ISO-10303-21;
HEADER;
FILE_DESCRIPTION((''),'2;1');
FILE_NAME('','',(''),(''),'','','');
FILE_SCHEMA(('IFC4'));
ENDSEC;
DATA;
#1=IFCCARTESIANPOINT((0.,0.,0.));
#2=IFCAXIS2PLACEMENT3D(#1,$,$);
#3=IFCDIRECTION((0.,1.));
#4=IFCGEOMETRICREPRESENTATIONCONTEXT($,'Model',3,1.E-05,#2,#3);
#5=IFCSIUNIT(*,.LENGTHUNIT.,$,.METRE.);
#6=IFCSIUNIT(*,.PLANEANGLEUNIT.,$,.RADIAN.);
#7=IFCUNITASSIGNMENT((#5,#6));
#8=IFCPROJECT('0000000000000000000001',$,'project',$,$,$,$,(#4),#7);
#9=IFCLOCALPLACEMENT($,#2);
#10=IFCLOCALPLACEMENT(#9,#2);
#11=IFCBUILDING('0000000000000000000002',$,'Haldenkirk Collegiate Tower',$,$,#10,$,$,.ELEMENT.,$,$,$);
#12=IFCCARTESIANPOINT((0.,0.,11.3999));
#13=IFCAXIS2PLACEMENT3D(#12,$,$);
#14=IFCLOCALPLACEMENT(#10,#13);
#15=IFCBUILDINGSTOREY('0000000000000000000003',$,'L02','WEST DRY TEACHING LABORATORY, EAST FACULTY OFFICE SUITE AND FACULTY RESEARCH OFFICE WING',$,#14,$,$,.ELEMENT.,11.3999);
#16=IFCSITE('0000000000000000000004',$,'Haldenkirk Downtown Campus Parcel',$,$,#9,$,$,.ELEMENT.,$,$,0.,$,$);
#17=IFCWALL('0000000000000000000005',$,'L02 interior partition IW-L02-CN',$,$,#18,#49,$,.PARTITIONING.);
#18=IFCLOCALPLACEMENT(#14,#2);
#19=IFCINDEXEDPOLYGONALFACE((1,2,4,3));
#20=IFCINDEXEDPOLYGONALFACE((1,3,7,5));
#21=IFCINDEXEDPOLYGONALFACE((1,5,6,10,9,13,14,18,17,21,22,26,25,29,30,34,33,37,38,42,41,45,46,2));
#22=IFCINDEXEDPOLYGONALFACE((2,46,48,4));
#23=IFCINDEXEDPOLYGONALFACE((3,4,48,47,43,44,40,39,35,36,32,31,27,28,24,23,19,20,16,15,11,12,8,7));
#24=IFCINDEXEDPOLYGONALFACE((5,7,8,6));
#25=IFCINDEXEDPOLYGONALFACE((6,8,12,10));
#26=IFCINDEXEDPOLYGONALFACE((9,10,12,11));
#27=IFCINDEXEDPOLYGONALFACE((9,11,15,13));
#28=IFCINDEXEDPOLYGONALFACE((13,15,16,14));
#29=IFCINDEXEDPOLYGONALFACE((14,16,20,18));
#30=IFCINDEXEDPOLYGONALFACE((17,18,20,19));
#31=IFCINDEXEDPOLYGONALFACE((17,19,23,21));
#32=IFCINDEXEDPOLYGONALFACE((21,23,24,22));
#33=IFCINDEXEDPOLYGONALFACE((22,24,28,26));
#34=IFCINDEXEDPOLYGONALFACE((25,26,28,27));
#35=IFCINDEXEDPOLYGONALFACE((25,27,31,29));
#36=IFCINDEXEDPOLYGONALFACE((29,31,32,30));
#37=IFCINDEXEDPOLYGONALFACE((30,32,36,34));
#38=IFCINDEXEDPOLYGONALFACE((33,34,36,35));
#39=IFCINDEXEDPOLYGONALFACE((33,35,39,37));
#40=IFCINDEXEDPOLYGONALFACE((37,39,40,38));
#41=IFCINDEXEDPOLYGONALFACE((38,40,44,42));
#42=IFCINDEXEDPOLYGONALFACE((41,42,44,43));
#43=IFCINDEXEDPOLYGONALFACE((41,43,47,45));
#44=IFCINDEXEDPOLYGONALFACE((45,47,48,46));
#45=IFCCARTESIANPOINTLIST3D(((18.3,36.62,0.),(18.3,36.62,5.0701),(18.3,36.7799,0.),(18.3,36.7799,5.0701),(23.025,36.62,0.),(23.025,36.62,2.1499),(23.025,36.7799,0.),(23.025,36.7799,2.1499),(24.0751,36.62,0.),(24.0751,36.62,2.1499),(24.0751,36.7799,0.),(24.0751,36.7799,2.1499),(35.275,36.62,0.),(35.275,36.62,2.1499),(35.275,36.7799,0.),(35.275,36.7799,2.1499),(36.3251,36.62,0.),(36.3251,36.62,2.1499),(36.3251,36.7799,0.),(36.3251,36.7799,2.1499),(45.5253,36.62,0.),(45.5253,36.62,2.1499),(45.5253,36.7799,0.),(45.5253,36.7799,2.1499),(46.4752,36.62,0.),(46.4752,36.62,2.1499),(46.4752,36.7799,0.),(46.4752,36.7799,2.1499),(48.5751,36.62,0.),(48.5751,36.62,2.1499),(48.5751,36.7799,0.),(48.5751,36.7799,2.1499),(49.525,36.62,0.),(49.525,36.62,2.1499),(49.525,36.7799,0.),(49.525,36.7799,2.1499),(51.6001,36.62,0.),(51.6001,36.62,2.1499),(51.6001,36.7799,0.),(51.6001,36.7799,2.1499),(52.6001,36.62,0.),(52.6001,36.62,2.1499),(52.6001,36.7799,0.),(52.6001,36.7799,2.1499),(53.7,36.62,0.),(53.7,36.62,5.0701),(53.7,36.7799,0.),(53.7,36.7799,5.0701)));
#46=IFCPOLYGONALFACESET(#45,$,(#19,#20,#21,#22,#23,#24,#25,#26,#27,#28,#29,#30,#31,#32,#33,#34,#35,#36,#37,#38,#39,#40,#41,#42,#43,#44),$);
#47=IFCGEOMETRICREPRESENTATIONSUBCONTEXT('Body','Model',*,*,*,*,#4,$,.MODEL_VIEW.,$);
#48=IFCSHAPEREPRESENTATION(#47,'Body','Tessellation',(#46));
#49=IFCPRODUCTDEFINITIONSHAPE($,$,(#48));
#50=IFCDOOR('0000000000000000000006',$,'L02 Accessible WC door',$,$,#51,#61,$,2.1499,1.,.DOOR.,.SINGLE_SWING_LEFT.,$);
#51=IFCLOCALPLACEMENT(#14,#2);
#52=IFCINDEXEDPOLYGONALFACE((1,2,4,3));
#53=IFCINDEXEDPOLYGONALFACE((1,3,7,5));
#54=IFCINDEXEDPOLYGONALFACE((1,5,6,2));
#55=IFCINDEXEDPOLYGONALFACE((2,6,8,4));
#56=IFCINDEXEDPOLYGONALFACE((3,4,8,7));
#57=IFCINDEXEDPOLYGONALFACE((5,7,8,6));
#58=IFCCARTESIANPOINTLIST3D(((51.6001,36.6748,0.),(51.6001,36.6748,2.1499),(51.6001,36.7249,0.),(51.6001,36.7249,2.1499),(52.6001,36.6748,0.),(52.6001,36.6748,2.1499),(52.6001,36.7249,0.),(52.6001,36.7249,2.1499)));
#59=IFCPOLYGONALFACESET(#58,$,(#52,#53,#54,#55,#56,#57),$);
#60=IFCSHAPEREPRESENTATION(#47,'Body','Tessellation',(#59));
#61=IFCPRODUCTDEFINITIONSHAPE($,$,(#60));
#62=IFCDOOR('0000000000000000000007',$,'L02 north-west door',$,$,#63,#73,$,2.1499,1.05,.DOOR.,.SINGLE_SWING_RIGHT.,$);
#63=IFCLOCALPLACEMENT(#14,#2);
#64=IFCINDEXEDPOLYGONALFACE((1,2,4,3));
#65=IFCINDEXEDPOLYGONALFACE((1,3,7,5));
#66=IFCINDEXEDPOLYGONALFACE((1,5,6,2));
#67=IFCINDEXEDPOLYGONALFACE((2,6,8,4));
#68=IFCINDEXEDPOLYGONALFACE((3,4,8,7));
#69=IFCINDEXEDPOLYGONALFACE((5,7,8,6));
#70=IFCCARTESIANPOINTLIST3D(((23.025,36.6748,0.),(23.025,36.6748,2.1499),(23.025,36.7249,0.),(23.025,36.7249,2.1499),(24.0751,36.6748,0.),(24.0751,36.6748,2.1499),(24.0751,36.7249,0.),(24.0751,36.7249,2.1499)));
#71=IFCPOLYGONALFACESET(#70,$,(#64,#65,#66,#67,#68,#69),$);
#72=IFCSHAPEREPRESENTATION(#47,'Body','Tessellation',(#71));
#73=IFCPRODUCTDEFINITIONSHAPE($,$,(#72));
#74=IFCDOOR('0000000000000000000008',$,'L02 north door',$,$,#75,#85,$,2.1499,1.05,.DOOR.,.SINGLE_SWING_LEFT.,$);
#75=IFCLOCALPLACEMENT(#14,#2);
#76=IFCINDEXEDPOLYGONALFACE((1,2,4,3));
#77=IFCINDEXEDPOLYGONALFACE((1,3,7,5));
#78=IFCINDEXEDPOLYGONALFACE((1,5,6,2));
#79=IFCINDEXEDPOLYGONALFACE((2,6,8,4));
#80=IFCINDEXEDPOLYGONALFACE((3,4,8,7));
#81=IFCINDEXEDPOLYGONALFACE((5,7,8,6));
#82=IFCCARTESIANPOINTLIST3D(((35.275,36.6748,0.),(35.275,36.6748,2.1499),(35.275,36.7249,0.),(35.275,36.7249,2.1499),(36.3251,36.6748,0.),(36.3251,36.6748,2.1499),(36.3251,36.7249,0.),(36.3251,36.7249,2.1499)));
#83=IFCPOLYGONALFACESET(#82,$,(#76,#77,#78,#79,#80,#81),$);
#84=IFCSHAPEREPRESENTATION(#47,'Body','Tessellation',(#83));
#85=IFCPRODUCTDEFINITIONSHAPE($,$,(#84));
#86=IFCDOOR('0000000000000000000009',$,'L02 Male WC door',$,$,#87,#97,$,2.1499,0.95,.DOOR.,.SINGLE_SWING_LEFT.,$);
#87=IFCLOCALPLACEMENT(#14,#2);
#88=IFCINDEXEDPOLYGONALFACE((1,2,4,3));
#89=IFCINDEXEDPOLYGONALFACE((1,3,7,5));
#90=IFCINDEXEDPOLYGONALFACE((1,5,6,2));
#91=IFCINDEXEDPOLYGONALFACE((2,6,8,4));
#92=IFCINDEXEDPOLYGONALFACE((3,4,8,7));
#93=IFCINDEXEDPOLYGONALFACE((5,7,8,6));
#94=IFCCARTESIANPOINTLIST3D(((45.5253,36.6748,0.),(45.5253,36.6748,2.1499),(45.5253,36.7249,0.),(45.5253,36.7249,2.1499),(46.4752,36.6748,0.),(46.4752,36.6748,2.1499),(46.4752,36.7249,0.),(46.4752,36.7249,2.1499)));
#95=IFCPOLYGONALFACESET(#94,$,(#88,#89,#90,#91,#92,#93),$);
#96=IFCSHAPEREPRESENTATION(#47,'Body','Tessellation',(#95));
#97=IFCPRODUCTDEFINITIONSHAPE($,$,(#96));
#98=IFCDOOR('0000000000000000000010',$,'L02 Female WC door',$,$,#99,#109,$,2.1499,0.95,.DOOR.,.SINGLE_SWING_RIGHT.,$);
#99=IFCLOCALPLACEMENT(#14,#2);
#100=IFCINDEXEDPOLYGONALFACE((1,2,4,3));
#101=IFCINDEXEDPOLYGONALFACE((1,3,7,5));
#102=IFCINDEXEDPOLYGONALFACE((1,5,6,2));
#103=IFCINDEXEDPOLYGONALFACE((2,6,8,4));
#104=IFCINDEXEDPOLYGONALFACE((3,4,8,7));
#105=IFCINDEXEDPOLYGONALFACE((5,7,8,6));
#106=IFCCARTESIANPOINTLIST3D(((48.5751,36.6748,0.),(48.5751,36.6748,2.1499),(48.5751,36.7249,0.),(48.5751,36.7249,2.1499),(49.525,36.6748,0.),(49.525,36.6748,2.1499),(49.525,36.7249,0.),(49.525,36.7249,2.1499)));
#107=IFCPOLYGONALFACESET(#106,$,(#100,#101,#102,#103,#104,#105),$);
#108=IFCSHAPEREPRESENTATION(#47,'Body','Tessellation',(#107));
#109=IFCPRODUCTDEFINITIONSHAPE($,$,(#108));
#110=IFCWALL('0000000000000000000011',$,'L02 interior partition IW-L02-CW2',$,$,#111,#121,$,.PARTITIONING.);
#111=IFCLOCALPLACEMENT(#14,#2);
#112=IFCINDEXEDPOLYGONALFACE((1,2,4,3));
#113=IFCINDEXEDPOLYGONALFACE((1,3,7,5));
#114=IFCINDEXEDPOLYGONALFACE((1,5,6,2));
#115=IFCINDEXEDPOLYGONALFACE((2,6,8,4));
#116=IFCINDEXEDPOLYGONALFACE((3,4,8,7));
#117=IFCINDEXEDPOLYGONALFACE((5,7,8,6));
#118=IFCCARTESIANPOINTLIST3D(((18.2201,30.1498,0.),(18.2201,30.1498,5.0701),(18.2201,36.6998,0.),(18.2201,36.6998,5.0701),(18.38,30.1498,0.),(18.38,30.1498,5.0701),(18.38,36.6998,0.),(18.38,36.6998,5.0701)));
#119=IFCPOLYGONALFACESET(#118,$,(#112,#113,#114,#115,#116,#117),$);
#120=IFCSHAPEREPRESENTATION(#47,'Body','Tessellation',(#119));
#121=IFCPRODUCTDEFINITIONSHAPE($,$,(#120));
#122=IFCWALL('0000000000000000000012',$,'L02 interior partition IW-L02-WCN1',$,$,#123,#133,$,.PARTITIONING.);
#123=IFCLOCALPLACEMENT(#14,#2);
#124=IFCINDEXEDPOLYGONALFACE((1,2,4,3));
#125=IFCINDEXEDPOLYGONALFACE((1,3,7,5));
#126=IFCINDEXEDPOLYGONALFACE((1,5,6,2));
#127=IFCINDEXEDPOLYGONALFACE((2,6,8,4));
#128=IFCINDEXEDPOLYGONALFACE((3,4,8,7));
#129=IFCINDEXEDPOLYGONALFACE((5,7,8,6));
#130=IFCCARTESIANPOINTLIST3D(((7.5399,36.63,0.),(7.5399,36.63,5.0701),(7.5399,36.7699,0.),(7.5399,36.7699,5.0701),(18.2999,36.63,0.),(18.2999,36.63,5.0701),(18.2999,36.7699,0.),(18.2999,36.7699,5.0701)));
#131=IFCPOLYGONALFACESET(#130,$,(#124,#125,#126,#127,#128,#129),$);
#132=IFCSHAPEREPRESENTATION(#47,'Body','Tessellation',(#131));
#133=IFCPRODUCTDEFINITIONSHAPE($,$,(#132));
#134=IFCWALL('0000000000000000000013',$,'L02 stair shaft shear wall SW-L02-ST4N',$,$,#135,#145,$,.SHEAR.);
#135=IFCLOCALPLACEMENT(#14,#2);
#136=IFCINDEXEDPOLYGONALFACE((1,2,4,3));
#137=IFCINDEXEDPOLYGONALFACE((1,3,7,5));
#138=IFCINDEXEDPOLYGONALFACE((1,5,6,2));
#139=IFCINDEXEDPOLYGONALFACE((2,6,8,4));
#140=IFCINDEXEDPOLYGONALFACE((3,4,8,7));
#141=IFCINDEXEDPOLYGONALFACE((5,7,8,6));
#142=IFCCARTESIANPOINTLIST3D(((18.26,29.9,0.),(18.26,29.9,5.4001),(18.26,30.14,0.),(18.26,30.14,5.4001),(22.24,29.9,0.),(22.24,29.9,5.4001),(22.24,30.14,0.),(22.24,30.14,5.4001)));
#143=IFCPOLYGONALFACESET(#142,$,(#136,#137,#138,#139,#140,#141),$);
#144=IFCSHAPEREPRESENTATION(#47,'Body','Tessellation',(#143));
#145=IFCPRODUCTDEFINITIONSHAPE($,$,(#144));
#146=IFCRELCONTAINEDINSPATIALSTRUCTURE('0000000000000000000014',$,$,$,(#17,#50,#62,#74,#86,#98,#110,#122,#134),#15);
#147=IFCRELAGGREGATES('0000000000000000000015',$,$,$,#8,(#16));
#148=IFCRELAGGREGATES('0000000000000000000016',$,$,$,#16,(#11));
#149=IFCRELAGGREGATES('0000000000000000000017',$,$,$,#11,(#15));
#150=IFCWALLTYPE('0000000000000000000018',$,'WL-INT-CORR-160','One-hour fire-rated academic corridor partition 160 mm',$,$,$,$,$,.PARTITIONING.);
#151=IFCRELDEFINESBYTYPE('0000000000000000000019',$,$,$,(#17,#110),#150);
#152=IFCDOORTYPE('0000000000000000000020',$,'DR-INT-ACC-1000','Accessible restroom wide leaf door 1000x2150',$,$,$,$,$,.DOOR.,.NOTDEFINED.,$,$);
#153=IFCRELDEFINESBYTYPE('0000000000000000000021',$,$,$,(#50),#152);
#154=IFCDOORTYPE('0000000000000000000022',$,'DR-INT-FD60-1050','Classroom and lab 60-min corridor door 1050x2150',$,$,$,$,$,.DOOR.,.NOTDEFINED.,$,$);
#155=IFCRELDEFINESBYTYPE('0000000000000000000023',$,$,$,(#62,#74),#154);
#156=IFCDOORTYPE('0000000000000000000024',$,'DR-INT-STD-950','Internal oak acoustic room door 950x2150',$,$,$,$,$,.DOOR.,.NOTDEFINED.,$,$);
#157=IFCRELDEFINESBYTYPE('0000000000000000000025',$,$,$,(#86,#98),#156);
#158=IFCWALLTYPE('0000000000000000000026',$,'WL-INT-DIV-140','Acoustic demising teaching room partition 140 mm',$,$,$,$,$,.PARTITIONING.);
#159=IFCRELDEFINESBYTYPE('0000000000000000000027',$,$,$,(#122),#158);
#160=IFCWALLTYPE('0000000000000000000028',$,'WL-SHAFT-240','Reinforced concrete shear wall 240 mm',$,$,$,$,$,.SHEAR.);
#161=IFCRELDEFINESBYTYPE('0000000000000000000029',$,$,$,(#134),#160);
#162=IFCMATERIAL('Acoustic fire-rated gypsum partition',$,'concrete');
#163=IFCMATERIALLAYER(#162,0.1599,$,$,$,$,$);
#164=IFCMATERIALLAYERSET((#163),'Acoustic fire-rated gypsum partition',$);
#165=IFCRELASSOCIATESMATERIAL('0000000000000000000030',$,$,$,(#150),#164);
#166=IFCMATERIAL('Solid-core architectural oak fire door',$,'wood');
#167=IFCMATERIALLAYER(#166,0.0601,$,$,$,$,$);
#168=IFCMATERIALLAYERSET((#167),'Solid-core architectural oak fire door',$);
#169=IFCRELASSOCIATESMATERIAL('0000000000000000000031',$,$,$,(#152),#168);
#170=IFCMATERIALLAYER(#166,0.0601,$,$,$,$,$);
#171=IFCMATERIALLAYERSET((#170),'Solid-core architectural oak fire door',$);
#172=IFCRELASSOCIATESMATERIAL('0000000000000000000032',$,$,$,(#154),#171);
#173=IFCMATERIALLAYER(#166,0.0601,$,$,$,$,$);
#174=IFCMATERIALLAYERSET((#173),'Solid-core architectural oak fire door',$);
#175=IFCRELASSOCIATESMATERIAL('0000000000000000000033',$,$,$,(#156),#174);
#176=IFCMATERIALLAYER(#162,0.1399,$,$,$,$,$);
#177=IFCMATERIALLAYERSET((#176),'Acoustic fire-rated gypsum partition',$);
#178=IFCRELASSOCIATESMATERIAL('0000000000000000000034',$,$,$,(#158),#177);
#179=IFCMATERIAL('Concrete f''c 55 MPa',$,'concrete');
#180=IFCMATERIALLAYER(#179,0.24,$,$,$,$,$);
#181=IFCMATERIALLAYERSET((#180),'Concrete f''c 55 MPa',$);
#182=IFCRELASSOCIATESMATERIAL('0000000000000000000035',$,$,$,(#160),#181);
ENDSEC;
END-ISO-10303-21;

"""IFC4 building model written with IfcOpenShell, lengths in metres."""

from ifc_helpers import new_model, si_unit, direction, frame, frame_2d, origin, place, context, subcontext, project, spatial, rectangle, extrude, material, layer, layer_set, type_object, element, fill, save


model = new_model("IFC4")

# Units and contexts
model_context = context("Model", 3, precision=1e-05, world=origin(), true_north=direction((0.0, 1.0)))
body_context = subcontext(model_context, "Body", "Model", "MODEL_VIEW")
ifc_project = project(units=[si_unit("LENGTHUNIT", "METRE"), si_unit("PLANEANGLEUNIT", "RADIAN")], contexts=[model_context])

# Site, building, storey
site_placement = place(None, origin())
site = spatial("IfcSite", under=ifc_project, at=site_placement, Name="Haldenkirk Downtown Campus Parcel", CompositionType="ELEMENT", RefElevation=0.0)
building_placement = place(site_placement, origin())
building = spatial("IfcBuilding", under=site, at=building_placement, Name="Haldenkirk Collegiate Tower", CompositionType="ELEMENT")
storey_placement = place(building_placement, frame((0.0, 0.0, 11.3999)))
storey = spatial("IfcBuildingStorey", under=building, at=storey_placement, Name="L02", Description="WEST DRY TEACHING LABORATORY, EAST FACULTY OFFICE SUITE AND FACULTY RESEARCH OFFICE WING", CompositionType="ELEMENT", Elevation=11.3999)

# Wall, openings, doors
ifc_material_1 = material(Name="Acoustic fire-rated gypsum partition", Category="concrete")
ifc_layer_1 = layer(ifc_material_1, 0.1599)
ifc_layer_set_1 = layer_set([ifc_layer_1], Name="Acoustic fire-rated gypsum partition")
wall_type_1 = type_object("IfcWallType", Name="WL-INT-CORR-160", Description="One-hour fire-rated academic corridor partition 160 mm", PredefinedType="PARTITIONING", material=ifc_layer_set_1)
wall_1_placement = place(storey_placement, frame((18.3, 36.7, 0.0), z_axis=(0.0, 0.0, 1.0), x_axis=(1.0, 0.0, 0.0)))
wall_1 = element("IfcWall", 1, at=wall_1_placement, inside=storey, type_object=wall_type_1, Name="L02 interior partition IW-L02-CN", PredefinedType="PARTITIONING", context=body_context, shape_type="SweptSolid", body=[
    extrude(rectangle(XDim=35.3999, YDim=0.1599, at=frame_2d((17.7, 0.0))), origin(), (0.0, 0.0, 1.0), 5.0701),
])
opening_1_placement = place(wall_1_placement, frame((4.7251, 0.0, 0.0)))
opening_1 = element("IfcOpeningElement", 2, at=opening_1_placement, cuts=wall_1, PredefinedType="OPENING", context=body_context, shape_type="SweptSolid", body=[
    extrude(rectangle(XDim=1.05, YDim=2.1499, at=frame_2d((0.5249, 1.075))), frame((0.0, 0.0898, 0.0), z_axis=(0.0, -1.0, 0.0), x_axis=(1.0, 0.0, 0.0)), (0.0, 0.0, 1.0), 0.1799),
])
opening_2_placement = place(wall_1_placement, frame((16.9751, 0.0, 0.0)))
opening_2 = element("IfcOpeningElement", 3, at=opening_2_placement, cuts=wall_1, PredefinedType="OPENING", context=body_context, shape_type="SweptSolid", body=[
    extrude(rectangle(XDim=1.05, YDim=2.1499, at=frame_2d((0.5249, 1.075))), frame((0.0, 0.0898, 0.0), z_axis=(0.0, -1.0, 0.0), x_axis=(1.0, 0.0, 0.0)), (0.0, 0.0, 1.0), 0.1799),
])
opening_3_placement = place(wall_1_placement, frame((27.2251, 0.0, 0.0)))
opening_3 = element("IfcOpeningElement", 4, at=opening_3_placement, cuts=wall_1, PredefinedType="OPENING", context=body_context, shape_type="SweptSolid", body=[
    extrude(rectangle(XDim=0.95, YDim=2.1499, at=frame_2d((0.4751, 1.075))), frame((0.0, 0.0898, 0.0), z_axis=(0.0, -1.0, 0.0), x_axis=(1.0, 0.0, 0.0)), (0.0, 0.0, 1.0), 0.1799),
])
opening_4_placement = place(wall_1_placement, frame((30.2749, 0.0, 0.0)))
opening_4 = element("IfcOpeningElement", 5, at=opening_4_placement, cuts=wall_1, PredefinedType="OPENING", context=body_context, shape_type="SweptSolid", body=[
    extrude(rectangle(XDim=0.95, YDim=2.1499, at=frame_2d((0.4751, 1.075))), frame((0.0, 0.0898, 0.0), z_axis=(0.0, -1.0, 0.0), x_axis=(1.0, 0.0, 0.0)), (0.0, 0.0, 1.0), 0.1799),
])
opening_5_placement = place(wall_1_placement, frame((33.3, 0.0, 0.0)))
opening_5 = element("IfcOpeningElement", 6, at=opening_5_placement, cuts=wall_1, PredefinedType="OPENING", context=body_context, shape_type="SweptSolid", body=[
    extrude(rectangle(XDim=1.0, YDim=2.1499, at=frame_2d((0.5, 1.075))), frame((0.0, 0.0898, 0.0), z_axis=(0.0, -1.0, 0.0), x_axis=(1.0, 0.0, 0.0)), (0.0, 0.0, 1.0), 0.1799),
])
ifc_material_2 = material(Name="Solid-core architectural oak fire door", Category="wood")
ifc_layer_2 = layer(ifc_material_2, 0.0601)
ifc_layer_set_2 = layer_set([ifc_layer_2], Name="Solid-core architectural oak fire door")
door_type_1 = type_object("IfcDoorType", Name="DR-INT-ACC-1000", Description="Accessible restroom wide leaf door 1000x2150", OperationType="NOTDEFINED", PredefinedType="DOOR", material=ifc_layer_set_2)
door_1_placement = place(opening_5_placement, origin())
door_1 = element("IfcDoor", 7, at=door_1_placement, inside=storey, type_object=door_type_1, Name="L02 Accessible WC door", OperationType="SINGLE_SWING_LEFT", OverallHeight=2.1499, OverallWidth=1.0, PredefinedType="DOOR", context=body_context, shape_type="SweptSolid", body=[
    extrude(rectangle(XDim=1.0, YDim=2.1499, at=frame_2d((0.5, 1.075))), frame((0.0, 0.0249, 0.0), z_axis=(0.0, -1.0, 0.0), x_axis=(1.0, 0.0, 0.0)), (0.0, 0.0, 1.0), 0.05),
])
fill(opening_5, door_1)
ifc_layer_3 = layer(ifc_material_2, 0.0601)
ifc_layer_set_3 = layer_set([ifc_layer_3], Name="Solid-core architectural oak fire door")
door_type_2 = type_object("IfcDoorType", Name="DR-INT-FD60-1050", Description="Classroom and lab 60-min corridor door 1050x2150", OperationType="NOTDEFINED", PredefinedType="DOOR", material=ifc_layer_set_3)
door_2_placement = place(opening_1_placement, origin())
door_2 = element("IfcDoor", 8, at=door_2_placement, inside=storey, type_object=door_type_2, Name="L02 north-west door", OperationType="SINGLE_SWING_RIGHT", OverallHeight=2.1499, OverallWidth=1.05, PredefinedType="DOOR", context=body_context, shape_type="SweptSolid", body=[
    extrude(rectangle(XDim=1.05, YDim=2.1499, at=frame_2d((0.5249, 1.075))), frame((0.0, 0.0249, 0.0), z_axis=(0.0, -1.0, 0.0), x_axis=(1.0, 0.0, 0.0)), (0.0, 0.0, 1.0), 0.05),
])
fill(opening_1, door_2)
door_3_placement = place(opening_2_placement, origin())
door_3 = element("IfcDoor", 9, at=door_3_placement, inside=storey, type_object=door_type_2, Name="L02 north door", OperationType="SINGLE_SWING_LEFT", OverallHeight=2.1499, OverallWidth=1.05, PredefinedType="DOOR", context=body_context, shape_type="SweptSolid", body=[
    extrude(rectangle(XDim=1.05, YDim=2.1499, at=frame_2d((0.5249, 1.075))), frame((0.0, 0.0249, 0.0), z_axis=(0.0, -1.0, 0.0), x_axis=(1.0, 0.0, 0.0)), (0.0, 0.0, 1.0), 0.05),
])
fill(opening_2, door_3)
ifc_layer_4 = layer(ifc_material_2, 0.0601)
ifc_layer_set_4 = layer_set([ifc_layer_4], Name="Solid-core architectural oak fire door")
door_type_3 = type_object("IfcDoorType", Name="DR-INT-STD-950", Description="Internal oak acoustic room door 950x2150", OperationType="NOTDEFINED", PredefinedType="DOOR", material=ifc_layer_set_4)
door_4_placement = place(opening_3_placement, origin())
door_4 = element("IfcDoor", 10, at=door_4_placement, inside=storey, type_object=door_type_3, Name="L02 Male WC door", OperationType="SINGLE_SWING_LEFT", OverallHeight=2.1499, OverallWidth=0.95, PredefinedType="DOOR", context=body_context, shape_type="SweptSolid", body=[
    extrude(rectangle(XDim=0.95, YDim=2.1499, at=frame_2d((0.4751, 1.075))), frame((0.0, 0.0249, 0.0), z_axis=(0.0, -1.0, 0.0), x_axis=(1.0, 0.0, 0.0)), (0.0, 0.0, 1.0), 0.05),
])
fill(opening_3, door_4)
door_5_placement = place(opening_4_placement, origin())
door_5 = element("IfcDoor", 11, at=door_5_placement, inside=storey, type_object=door_type_3, Name="L02 Female WC door", OperationType="SINGLE_SWING_RIGHT", OverallHeight=2.1499, OverallWidth=0.95, PredefinedType="DOOR", context=body_context, shape_type="SweptSolid", body=[
    extrude(rectangle(XDim=0.95, YDim=2.1499, at=frame_2d((0.4751, 1.075))), frame((0.0, 0.0249, 0.0), z_axis=(0.0, -1.0, 0.0), x_axis=(1.0, 0.0, 0.0)), (0.0, 0.0, 1.0), 0.05),
])
fill(opening_4, door_5)

# Walls
wall_2_placement = place(storey_placement, frame((18.3, 30.1499, 0.0), z_axis=(0.0, 0.0, 1.0), x_axis=(0.0, 1.0, 0.0)))
element("IfcWall", 12, at=wall_2_placement, inside=storey, type_object=wall_type_1, Name="L02 interior partition IW-L02-CW2", PredefinedType="PARTITIONING", context=body_context, shape_type="SweptSolid", body=[
    extrude(rectangle(XDim=6.55, YDim=0.1599, at=frame_2d((3.2749, 0.0))), origin(), (0.0, 0.0, 1.0), 5.0701),
])
ifc_layer_5 = layer(ifc_material_1, 0.1399)
ifc_layer_set_5 = layer_set([ifc_layer_5], Name="Acoustic fire-rated gypsum partition")
wall_type_2 = type_object("IfcWallType", Name="WL-INT-DIV-140", Description="Acoustic demising teaching room partition 140 mm", PredefinedType="PARTITIONING", material=ifc_layer_set_5)
wall_3_placement = place(storey_placement, frame((7.54, 36.7, 0.0), z_axis=(0.0, 0.0, 1.0), x_axis=(1.0, 0.0, 0.0)))
element("IfcWall", 13, at=wall_3_placement, inside=storey, type_object=wall_type_2, Name="L02 interior partition IW-L02-WCN1", PredefinedType="PARTITIONING", context=body_context, shape_type="SweptSolid", body=[
    extrude(rectangle(XDim=10.76, YDim=0.1399, at=frame_2d((5.3799, 0.0))), origin(), (0.0, 0.0, 1.0), 5.0701),
])
ifc_material_3 = material(Name="Concrete f'c 55 MPa", Category="concrete")
ifc_layer_6 = layer(ifc_material_3, 0.24)
ifc_layer_set_6 = layer_set([ifc_layer_6], Name="Concrete f'c 55 MPa")
wall_type_3 = type_object("IfcWallType", Name="WL-SHAFT-240", Description="Reinforced concrete shear wall 240 mm", PredefinedType="SHEAR", material=ifc_layer_set_6)
wall_4_placement = place(storey_placement, frame((18.26, 30.02, 0.0), z_axis=(0.0, 0.0, 1.0), x_axis=(1.0, 0.0, 0.0)))
element("IfcWall", 14, at=wall_4_placement, inside=storey, type_object=wall_type_3, Name="L02 stair shaft shear wall SW-L02-ST4N", PredefinedType="SHEAR", context=body_context, shape_type="SweptSolid", body=[
    extrude(rectangle(XDim=3.98, YDim=0.24, at=frame_2d((1.99, 0.0))), origin(), (0.0, 0.0, 1.0), 5.4001),
])

save(model, "model.ifc")
